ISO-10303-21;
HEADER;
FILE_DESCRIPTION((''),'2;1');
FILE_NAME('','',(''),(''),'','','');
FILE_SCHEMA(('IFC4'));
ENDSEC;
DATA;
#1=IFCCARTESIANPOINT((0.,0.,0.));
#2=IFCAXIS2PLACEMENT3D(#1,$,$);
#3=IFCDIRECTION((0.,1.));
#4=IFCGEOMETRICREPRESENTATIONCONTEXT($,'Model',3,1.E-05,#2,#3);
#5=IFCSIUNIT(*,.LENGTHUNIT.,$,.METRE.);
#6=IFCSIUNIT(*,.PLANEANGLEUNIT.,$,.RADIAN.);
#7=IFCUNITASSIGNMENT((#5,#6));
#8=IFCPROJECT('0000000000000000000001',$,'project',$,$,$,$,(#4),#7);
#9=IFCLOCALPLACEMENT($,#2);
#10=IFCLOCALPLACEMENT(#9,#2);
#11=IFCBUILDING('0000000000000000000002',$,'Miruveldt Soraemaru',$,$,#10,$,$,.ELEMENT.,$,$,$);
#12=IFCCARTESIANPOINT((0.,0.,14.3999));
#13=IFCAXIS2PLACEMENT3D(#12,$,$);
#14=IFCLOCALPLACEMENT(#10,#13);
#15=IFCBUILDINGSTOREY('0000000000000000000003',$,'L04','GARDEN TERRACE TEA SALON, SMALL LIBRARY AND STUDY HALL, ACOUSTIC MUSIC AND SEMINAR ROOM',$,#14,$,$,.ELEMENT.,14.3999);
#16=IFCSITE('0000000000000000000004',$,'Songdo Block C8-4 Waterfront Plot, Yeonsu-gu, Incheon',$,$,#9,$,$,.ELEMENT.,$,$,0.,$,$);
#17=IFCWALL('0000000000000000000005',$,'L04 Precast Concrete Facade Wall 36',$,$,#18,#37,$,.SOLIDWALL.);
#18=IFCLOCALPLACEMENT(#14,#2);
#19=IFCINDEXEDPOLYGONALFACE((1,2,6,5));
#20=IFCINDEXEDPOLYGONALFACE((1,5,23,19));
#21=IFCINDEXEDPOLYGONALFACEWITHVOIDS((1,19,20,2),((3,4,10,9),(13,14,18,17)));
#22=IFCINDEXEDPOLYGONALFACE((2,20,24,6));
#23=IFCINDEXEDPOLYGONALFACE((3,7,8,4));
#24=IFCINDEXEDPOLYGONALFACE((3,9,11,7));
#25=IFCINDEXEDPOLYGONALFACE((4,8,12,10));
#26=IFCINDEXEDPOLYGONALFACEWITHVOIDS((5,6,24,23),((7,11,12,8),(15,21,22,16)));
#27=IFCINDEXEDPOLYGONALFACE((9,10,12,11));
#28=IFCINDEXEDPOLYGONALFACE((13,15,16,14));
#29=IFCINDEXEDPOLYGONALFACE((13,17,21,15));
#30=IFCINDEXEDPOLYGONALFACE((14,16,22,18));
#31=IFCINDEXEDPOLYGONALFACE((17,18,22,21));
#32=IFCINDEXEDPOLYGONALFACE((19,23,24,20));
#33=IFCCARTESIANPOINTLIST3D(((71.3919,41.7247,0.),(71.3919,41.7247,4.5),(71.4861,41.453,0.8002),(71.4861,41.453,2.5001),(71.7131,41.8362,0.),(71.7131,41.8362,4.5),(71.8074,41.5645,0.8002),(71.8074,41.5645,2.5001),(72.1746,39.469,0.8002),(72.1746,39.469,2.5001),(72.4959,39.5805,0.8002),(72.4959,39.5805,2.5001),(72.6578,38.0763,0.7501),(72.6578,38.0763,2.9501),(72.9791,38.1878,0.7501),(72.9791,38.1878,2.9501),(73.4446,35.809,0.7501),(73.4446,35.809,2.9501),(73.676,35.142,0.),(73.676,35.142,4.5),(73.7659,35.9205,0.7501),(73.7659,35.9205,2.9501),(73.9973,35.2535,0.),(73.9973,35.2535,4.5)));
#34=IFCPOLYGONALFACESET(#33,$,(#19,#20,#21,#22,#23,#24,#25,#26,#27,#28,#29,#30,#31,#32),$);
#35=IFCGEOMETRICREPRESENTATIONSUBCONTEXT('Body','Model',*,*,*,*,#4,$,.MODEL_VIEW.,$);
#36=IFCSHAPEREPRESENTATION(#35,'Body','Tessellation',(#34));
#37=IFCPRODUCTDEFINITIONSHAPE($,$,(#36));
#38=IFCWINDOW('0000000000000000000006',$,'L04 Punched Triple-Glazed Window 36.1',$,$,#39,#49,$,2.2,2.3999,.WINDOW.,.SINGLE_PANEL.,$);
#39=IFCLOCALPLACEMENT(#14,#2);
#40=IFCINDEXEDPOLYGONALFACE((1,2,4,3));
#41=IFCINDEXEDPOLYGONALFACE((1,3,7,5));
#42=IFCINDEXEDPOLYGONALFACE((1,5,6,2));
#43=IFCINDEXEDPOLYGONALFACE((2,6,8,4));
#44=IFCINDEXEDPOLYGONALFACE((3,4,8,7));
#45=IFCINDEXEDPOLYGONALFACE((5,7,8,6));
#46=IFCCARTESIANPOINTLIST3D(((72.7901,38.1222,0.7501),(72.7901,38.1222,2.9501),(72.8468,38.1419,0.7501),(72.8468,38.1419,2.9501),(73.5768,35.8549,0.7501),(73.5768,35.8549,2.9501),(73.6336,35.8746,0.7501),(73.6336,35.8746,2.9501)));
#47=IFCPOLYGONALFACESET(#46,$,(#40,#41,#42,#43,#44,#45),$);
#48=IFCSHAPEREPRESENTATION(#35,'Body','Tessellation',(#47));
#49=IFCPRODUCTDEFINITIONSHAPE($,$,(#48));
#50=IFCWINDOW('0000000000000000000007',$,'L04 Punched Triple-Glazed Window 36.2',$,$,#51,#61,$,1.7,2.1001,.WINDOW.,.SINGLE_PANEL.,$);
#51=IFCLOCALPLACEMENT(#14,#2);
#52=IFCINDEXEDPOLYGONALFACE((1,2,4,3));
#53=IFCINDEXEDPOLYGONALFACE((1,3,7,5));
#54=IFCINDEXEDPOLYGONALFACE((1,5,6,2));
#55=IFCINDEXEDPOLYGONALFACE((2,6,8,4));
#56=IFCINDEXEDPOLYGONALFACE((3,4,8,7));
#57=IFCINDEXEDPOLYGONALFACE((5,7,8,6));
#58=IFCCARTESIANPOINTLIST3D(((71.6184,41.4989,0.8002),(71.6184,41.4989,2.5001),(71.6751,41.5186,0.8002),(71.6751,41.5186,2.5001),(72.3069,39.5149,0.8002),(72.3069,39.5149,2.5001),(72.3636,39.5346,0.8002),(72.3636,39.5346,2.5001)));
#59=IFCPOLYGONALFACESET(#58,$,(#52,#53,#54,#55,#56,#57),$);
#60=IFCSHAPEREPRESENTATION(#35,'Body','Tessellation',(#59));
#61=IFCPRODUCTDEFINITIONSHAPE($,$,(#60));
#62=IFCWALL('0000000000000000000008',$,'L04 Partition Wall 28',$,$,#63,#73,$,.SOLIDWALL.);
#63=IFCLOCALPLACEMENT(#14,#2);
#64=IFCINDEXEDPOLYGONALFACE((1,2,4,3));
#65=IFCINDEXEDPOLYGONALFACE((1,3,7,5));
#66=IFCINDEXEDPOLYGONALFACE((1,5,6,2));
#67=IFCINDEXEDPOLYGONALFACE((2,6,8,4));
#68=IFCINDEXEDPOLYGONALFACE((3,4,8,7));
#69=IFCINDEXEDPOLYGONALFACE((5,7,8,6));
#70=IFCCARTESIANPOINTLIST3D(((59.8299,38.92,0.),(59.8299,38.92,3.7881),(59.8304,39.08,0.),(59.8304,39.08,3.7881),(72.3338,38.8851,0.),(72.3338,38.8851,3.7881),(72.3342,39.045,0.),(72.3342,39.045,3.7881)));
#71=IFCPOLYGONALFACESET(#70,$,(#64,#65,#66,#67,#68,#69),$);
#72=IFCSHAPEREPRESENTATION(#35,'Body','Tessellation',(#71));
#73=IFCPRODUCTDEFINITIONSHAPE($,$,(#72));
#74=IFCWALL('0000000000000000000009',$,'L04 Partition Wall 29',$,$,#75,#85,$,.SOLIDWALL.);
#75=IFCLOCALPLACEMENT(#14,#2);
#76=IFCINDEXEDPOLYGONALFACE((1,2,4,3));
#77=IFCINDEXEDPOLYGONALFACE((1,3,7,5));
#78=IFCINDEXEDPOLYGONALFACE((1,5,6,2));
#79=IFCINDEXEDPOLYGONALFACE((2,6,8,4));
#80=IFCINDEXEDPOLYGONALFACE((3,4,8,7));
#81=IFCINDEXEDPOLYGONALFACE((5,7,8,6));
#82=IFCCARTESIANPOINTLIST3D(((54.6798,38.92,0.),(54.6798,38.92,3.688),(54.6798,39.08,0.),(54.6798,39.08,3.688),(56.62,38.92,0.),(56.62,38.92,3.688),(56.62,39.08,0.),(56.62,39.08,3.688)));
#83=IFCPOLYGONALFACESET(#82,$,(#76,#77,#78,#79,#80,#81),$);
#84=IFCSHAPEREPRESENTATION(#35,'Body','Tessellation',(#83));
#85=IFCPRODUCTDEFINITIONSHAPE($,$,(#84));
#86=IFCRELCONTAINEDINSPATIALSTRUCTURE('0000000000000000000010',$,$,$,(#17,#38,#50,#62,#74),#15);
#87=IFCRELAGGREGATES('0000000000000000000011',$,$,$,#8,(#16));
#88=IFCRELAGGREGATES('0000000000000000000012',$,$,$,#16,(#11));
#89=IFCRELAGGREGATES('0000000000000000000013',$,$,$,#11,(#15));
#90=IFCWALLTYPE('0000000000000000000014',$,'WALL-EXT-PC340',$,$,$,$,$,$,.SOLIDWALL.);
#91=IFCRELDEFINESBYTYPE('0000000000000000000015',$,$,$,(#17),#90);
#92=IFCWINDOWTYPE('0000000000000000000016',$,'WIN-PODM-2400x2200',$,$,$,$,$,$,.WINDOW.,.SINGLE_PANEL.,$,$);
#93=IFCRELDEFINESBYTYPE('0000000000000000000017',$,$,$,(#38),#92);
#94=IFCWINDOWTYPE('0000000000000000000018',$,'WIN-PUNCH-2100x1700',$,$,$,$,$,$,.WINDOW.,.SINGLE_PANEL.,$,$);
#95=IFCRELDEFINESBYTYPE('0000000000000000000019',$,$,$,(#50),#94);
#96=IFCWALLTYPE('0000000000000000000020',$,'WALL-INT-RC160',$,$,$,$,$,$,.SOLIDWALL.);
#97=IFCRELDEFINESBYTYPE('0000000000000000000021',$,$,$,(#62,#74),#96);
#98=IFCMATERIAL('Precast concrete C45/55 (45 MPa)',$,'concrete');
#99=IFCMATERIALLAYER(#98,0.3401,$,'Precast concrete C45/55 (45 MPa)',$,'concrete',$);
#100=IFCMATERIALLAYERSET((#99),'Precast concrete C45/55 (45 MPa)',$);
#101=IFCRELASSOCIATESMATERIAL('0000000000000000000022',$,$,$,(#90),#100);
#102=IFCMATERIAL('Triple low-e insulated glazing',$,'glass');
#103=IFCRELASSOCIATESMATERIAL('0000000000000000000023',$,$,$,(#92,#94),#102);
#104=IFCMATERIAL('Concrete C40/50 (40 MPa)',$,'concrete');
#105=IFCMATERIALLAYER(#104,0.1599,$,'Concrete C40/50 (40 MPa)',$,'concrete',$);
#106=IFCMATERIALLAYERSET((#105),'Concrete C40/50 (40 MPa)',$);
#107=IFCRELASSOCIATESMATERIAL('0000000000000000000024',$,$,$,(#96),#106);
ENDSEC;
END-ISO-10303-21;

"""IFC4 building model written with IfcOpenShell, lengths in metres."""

from ifc_helpers import new_model, si_unit, direction, frame, frame_2d, origin, place, context, subcontext, project, spatial, rectangle, extrude, material, layer, layer_set, type_object, element, fill, save


model = new_model("IFC4")

# Units and contexts
model_context = context("Model", 3, precision=1e-05, world=origin(), true_north=direction((0.0, 1.0)))
body_context = subcontext(model_context, "Body", "Model", "MODEL_VIEW")
ifc_project = project(units=[si_unit("LENGTHUNIT", "METRE"), si_unit("PLANEANGLEUNIT", "RADIAN")], contexts=[model_context])

# Site, building, storey
site_placement = place(None, origin())
site = spatial("IfcSite", under=ifc_project, at=site_placement, Name="Songdo Block C8-4 Waterfront Plot, Yeonsu-gu, Incheon", CompositionType="ELEMENT", RefElevation=0.0)
building_placement = place(site_placement, origin())
building = spatial("IfcBuilding", under=site, at=building_placement, Name="Miruveldt Soraemaru", CompositionType="ELEMENT")
storey_placement = place(building_placement, frame((0.0, 0.0, 14.3999)))
storey = spatial("IfcBuildingStorey", under=building, at=storey_placement, Name="L04", Description="GARDEN TERRACE TEA SALON, SMALL LIBRARY AND STUDY HALL, ACOUSTIC MUSIC AND SEMINAR ROOM", CompositionType="ELEMENT", Elevation=14.3999)

# Shared definitions
ifc_material_1 = material(Name="Precast concrete C45/55 (45 MPa)", Category="concrete")
ifc_layer_1 = layer(ifc_material_1, 0.3401, Name="Precast concrete C45/55 (45 MPa)", Category="concrete")
ifc_layer_set_1 = layer_set([ifc_layer_1], Name="Precast concrete C45/55 (45 MPa)")
wall_type_1 = type_object("IfcWallType", Name="WALL-EXT-PC340", PredefinedType="SOLIDWALL", material=ifc_layer_set_1)
ifc_material_2 = material(Name="Triple low-e insulated glazing", Category="glass")
window_type_1 = type_object("IfcWindowType", Name="WIN-PODM-2400x2200", PartitioningType="SINGLE_PANEL", PredefinedType="WINDOW", material=ifc_material_2)

# Wall, openings, windows
wall_1_placement = place(storey_placement, frame((73.8367, 35.1978, 0.0), z_axis=(0.0, 0.0, 1.0), x_axis=(-0.327819, 0.94474, 0.0)))
wall_1 = element("IfcWall", 1, at=wall_1_placement, inside=storey, type_object=wall_type_1, Name="L04 Precast Concrete Facade Wall 36", PredefinedType="SOLIDWALL", context=body_context, shape_type="SweptSolid", body=[
    extrude(rectangle(XDim=6.9678, YDim=0.3401, at=frame_2d((3.4839, 0.0))), origin(), (0.0, 0.0, 1.0), 4.5),
])
opening_1_placement = place(wall_1_placement, frame((0.7061, 0.0, 0.75)))
opening_1 = element("IfcOpeningElement", 2, at=opening_1_placement, cuts=wall_1, PredefinedType="OPENING", context=body_context, shape_type="SweptSolid", body=[
    extrude(rectangle(XDim=2.3999, YDim=2.2, at=frame_2d((1.2, 1.1001))), frame((0.0, 0.1802, 0.0), z_axis=(0.0, -1.0, 0.0), x_axis=(1.0, 0.0, 0.0)), (0.0, 0.0, 1.0), 0.3601),
])
opening_2_placement = place(wall_1_placement, frame((4.5801, 0.0, 0.8)))
opening_2 = element("IfcOpeningElement", 3, at=opening_2_placement, cuts=wall_1, PredefinedType="OPENING", context=body_context, shape_type="SweptSolid", body=[
    extrude(rectangle(XDim=2.1001, YDim=1.7, at=frame_2d((1.05, 0.8501))), frame((0.0, 0.1802, 0.0), z_axis=(0.0, -1.0, 0.0), x_axis=(1.0, 0.0, 0.0)), (0.0, 0.0, 1.0), 0.3601),
])
window_1_placement = place(opening_1_placement, origin())
window_1 = element("IfcWindow", 4, at=window_1_placement, inside=storey, type_object=window_type_1, Name="L04 Punched Triple-Glazed Window 36.1", OverallHeight=2.2, OverallWidth=2.3999, PartitioningType="SINGLE_PANEL", PredefinedType="WINDOW", context=body_context, shape_type="SweptSolid", body=[
    extrude(rectangle(XDim=2.3999, YDim=2.2, at=frame_2d((1.2, 1.1001))), frame((0.0, 0.03, 0.0), z_axis=(0.0, -1.0, 0.0), x_axis=(1.0, 0.0, 0.0)), (0.0, 0.0, 1.0), 0.0601),
])
fill(opening_1, window_1)
window_type_2 = type_object("IfcWindowType", Name="WIN-PUNCH-2100x1700", PartitioningType="SINGLE_PANEL", PredefinedType="WINDOW", material=ifc_material_2)
window_2_placement = place(opening_2_placement, origin())
window_2 = element("IfcWindow", 5, at=window_2_placement, inside=storey, type_object=window_type_2, Name="L04 Punched Triple-Glazed Window 36.2", OverallHeight=1.7, OverallWidth=2.1001, PartitioningType="SINGLE_PANEL", PredefinedType="WINDOW", context=body_context, shape_type="SweptSolid", body=[
    extrude(rectangle(XDim=2.1001, YDim=1.7, at=frame_2d((1.05, 0.8501))), frame((0.0, 0.03, 0.0), z_axis=(0.0, -1.0, 0.0), x_axis=(1.0, 0.0, 0.0)), (0.0, 0.0, 1.0), 0.0601),
])
fill(opening_2, window_2)

# Walls
ifc_material_3 = material(Name="Concrete C40/50 (40 MPa)", Category="concrete")
ifc_layer_2 = layer(ifc_material_3, 0.1599, Name="Concrete C40/50 (40 MPa)", Category="concrete")
ifc_layer_set_2 = layer_set([ifc_layer_2], Name="Concrete C40/50 (40 MPa)")
wall_type_2 = type_object("IfcWallType", Name="WALL-INT-RC160", PredefinedType="SOLIDWALL", material=ifc_layer_set_2)
wall_2_placement = place(storey_placement, frame((72.334, 38.9651, 0.0), z_axis=(0.0, 0.0, 1.0), x_axis=(-0.999996, 0.002792, 0.0)))
element("IfcWall", 6, at=wall_2_placement, inside=storey, type_object=wall_type_2, Name="L04 Partition Wall 28", PredefinedType="SOLIDWALL", context=body_context, shape_type="SweptSolid", body=[
    extrude(rectangle(XDim=12.5039, YDim=0.1599, at=frame_2d((6.252, 0.0))), origin(), (0.0, 0.0, 1.0), 3.7881),
])
wall_3_placement = place(storey_placement, frame((56.6201, 39.0, 0.0), z_axis=(0.0, 0.0, 1.0), x_axis=(-1.0, 0.0, 0.0)))
element("IfcWall", 7, at=wall_3_placement, inside=storey, type_object=wall_type_2, Name="L04 Partition Wall 29", PredefinedType="SOLIDWALL", context=body_context, shape_type="SweptSolid", body=[
    extrude(rectangle(XDim=1.9402, YDim=0.1599, at=frame_2d((0.9702, 0.0))), origin(), (0.0, 0.0, 1.0), 3.688),
])

save(model, "model.ifc")
